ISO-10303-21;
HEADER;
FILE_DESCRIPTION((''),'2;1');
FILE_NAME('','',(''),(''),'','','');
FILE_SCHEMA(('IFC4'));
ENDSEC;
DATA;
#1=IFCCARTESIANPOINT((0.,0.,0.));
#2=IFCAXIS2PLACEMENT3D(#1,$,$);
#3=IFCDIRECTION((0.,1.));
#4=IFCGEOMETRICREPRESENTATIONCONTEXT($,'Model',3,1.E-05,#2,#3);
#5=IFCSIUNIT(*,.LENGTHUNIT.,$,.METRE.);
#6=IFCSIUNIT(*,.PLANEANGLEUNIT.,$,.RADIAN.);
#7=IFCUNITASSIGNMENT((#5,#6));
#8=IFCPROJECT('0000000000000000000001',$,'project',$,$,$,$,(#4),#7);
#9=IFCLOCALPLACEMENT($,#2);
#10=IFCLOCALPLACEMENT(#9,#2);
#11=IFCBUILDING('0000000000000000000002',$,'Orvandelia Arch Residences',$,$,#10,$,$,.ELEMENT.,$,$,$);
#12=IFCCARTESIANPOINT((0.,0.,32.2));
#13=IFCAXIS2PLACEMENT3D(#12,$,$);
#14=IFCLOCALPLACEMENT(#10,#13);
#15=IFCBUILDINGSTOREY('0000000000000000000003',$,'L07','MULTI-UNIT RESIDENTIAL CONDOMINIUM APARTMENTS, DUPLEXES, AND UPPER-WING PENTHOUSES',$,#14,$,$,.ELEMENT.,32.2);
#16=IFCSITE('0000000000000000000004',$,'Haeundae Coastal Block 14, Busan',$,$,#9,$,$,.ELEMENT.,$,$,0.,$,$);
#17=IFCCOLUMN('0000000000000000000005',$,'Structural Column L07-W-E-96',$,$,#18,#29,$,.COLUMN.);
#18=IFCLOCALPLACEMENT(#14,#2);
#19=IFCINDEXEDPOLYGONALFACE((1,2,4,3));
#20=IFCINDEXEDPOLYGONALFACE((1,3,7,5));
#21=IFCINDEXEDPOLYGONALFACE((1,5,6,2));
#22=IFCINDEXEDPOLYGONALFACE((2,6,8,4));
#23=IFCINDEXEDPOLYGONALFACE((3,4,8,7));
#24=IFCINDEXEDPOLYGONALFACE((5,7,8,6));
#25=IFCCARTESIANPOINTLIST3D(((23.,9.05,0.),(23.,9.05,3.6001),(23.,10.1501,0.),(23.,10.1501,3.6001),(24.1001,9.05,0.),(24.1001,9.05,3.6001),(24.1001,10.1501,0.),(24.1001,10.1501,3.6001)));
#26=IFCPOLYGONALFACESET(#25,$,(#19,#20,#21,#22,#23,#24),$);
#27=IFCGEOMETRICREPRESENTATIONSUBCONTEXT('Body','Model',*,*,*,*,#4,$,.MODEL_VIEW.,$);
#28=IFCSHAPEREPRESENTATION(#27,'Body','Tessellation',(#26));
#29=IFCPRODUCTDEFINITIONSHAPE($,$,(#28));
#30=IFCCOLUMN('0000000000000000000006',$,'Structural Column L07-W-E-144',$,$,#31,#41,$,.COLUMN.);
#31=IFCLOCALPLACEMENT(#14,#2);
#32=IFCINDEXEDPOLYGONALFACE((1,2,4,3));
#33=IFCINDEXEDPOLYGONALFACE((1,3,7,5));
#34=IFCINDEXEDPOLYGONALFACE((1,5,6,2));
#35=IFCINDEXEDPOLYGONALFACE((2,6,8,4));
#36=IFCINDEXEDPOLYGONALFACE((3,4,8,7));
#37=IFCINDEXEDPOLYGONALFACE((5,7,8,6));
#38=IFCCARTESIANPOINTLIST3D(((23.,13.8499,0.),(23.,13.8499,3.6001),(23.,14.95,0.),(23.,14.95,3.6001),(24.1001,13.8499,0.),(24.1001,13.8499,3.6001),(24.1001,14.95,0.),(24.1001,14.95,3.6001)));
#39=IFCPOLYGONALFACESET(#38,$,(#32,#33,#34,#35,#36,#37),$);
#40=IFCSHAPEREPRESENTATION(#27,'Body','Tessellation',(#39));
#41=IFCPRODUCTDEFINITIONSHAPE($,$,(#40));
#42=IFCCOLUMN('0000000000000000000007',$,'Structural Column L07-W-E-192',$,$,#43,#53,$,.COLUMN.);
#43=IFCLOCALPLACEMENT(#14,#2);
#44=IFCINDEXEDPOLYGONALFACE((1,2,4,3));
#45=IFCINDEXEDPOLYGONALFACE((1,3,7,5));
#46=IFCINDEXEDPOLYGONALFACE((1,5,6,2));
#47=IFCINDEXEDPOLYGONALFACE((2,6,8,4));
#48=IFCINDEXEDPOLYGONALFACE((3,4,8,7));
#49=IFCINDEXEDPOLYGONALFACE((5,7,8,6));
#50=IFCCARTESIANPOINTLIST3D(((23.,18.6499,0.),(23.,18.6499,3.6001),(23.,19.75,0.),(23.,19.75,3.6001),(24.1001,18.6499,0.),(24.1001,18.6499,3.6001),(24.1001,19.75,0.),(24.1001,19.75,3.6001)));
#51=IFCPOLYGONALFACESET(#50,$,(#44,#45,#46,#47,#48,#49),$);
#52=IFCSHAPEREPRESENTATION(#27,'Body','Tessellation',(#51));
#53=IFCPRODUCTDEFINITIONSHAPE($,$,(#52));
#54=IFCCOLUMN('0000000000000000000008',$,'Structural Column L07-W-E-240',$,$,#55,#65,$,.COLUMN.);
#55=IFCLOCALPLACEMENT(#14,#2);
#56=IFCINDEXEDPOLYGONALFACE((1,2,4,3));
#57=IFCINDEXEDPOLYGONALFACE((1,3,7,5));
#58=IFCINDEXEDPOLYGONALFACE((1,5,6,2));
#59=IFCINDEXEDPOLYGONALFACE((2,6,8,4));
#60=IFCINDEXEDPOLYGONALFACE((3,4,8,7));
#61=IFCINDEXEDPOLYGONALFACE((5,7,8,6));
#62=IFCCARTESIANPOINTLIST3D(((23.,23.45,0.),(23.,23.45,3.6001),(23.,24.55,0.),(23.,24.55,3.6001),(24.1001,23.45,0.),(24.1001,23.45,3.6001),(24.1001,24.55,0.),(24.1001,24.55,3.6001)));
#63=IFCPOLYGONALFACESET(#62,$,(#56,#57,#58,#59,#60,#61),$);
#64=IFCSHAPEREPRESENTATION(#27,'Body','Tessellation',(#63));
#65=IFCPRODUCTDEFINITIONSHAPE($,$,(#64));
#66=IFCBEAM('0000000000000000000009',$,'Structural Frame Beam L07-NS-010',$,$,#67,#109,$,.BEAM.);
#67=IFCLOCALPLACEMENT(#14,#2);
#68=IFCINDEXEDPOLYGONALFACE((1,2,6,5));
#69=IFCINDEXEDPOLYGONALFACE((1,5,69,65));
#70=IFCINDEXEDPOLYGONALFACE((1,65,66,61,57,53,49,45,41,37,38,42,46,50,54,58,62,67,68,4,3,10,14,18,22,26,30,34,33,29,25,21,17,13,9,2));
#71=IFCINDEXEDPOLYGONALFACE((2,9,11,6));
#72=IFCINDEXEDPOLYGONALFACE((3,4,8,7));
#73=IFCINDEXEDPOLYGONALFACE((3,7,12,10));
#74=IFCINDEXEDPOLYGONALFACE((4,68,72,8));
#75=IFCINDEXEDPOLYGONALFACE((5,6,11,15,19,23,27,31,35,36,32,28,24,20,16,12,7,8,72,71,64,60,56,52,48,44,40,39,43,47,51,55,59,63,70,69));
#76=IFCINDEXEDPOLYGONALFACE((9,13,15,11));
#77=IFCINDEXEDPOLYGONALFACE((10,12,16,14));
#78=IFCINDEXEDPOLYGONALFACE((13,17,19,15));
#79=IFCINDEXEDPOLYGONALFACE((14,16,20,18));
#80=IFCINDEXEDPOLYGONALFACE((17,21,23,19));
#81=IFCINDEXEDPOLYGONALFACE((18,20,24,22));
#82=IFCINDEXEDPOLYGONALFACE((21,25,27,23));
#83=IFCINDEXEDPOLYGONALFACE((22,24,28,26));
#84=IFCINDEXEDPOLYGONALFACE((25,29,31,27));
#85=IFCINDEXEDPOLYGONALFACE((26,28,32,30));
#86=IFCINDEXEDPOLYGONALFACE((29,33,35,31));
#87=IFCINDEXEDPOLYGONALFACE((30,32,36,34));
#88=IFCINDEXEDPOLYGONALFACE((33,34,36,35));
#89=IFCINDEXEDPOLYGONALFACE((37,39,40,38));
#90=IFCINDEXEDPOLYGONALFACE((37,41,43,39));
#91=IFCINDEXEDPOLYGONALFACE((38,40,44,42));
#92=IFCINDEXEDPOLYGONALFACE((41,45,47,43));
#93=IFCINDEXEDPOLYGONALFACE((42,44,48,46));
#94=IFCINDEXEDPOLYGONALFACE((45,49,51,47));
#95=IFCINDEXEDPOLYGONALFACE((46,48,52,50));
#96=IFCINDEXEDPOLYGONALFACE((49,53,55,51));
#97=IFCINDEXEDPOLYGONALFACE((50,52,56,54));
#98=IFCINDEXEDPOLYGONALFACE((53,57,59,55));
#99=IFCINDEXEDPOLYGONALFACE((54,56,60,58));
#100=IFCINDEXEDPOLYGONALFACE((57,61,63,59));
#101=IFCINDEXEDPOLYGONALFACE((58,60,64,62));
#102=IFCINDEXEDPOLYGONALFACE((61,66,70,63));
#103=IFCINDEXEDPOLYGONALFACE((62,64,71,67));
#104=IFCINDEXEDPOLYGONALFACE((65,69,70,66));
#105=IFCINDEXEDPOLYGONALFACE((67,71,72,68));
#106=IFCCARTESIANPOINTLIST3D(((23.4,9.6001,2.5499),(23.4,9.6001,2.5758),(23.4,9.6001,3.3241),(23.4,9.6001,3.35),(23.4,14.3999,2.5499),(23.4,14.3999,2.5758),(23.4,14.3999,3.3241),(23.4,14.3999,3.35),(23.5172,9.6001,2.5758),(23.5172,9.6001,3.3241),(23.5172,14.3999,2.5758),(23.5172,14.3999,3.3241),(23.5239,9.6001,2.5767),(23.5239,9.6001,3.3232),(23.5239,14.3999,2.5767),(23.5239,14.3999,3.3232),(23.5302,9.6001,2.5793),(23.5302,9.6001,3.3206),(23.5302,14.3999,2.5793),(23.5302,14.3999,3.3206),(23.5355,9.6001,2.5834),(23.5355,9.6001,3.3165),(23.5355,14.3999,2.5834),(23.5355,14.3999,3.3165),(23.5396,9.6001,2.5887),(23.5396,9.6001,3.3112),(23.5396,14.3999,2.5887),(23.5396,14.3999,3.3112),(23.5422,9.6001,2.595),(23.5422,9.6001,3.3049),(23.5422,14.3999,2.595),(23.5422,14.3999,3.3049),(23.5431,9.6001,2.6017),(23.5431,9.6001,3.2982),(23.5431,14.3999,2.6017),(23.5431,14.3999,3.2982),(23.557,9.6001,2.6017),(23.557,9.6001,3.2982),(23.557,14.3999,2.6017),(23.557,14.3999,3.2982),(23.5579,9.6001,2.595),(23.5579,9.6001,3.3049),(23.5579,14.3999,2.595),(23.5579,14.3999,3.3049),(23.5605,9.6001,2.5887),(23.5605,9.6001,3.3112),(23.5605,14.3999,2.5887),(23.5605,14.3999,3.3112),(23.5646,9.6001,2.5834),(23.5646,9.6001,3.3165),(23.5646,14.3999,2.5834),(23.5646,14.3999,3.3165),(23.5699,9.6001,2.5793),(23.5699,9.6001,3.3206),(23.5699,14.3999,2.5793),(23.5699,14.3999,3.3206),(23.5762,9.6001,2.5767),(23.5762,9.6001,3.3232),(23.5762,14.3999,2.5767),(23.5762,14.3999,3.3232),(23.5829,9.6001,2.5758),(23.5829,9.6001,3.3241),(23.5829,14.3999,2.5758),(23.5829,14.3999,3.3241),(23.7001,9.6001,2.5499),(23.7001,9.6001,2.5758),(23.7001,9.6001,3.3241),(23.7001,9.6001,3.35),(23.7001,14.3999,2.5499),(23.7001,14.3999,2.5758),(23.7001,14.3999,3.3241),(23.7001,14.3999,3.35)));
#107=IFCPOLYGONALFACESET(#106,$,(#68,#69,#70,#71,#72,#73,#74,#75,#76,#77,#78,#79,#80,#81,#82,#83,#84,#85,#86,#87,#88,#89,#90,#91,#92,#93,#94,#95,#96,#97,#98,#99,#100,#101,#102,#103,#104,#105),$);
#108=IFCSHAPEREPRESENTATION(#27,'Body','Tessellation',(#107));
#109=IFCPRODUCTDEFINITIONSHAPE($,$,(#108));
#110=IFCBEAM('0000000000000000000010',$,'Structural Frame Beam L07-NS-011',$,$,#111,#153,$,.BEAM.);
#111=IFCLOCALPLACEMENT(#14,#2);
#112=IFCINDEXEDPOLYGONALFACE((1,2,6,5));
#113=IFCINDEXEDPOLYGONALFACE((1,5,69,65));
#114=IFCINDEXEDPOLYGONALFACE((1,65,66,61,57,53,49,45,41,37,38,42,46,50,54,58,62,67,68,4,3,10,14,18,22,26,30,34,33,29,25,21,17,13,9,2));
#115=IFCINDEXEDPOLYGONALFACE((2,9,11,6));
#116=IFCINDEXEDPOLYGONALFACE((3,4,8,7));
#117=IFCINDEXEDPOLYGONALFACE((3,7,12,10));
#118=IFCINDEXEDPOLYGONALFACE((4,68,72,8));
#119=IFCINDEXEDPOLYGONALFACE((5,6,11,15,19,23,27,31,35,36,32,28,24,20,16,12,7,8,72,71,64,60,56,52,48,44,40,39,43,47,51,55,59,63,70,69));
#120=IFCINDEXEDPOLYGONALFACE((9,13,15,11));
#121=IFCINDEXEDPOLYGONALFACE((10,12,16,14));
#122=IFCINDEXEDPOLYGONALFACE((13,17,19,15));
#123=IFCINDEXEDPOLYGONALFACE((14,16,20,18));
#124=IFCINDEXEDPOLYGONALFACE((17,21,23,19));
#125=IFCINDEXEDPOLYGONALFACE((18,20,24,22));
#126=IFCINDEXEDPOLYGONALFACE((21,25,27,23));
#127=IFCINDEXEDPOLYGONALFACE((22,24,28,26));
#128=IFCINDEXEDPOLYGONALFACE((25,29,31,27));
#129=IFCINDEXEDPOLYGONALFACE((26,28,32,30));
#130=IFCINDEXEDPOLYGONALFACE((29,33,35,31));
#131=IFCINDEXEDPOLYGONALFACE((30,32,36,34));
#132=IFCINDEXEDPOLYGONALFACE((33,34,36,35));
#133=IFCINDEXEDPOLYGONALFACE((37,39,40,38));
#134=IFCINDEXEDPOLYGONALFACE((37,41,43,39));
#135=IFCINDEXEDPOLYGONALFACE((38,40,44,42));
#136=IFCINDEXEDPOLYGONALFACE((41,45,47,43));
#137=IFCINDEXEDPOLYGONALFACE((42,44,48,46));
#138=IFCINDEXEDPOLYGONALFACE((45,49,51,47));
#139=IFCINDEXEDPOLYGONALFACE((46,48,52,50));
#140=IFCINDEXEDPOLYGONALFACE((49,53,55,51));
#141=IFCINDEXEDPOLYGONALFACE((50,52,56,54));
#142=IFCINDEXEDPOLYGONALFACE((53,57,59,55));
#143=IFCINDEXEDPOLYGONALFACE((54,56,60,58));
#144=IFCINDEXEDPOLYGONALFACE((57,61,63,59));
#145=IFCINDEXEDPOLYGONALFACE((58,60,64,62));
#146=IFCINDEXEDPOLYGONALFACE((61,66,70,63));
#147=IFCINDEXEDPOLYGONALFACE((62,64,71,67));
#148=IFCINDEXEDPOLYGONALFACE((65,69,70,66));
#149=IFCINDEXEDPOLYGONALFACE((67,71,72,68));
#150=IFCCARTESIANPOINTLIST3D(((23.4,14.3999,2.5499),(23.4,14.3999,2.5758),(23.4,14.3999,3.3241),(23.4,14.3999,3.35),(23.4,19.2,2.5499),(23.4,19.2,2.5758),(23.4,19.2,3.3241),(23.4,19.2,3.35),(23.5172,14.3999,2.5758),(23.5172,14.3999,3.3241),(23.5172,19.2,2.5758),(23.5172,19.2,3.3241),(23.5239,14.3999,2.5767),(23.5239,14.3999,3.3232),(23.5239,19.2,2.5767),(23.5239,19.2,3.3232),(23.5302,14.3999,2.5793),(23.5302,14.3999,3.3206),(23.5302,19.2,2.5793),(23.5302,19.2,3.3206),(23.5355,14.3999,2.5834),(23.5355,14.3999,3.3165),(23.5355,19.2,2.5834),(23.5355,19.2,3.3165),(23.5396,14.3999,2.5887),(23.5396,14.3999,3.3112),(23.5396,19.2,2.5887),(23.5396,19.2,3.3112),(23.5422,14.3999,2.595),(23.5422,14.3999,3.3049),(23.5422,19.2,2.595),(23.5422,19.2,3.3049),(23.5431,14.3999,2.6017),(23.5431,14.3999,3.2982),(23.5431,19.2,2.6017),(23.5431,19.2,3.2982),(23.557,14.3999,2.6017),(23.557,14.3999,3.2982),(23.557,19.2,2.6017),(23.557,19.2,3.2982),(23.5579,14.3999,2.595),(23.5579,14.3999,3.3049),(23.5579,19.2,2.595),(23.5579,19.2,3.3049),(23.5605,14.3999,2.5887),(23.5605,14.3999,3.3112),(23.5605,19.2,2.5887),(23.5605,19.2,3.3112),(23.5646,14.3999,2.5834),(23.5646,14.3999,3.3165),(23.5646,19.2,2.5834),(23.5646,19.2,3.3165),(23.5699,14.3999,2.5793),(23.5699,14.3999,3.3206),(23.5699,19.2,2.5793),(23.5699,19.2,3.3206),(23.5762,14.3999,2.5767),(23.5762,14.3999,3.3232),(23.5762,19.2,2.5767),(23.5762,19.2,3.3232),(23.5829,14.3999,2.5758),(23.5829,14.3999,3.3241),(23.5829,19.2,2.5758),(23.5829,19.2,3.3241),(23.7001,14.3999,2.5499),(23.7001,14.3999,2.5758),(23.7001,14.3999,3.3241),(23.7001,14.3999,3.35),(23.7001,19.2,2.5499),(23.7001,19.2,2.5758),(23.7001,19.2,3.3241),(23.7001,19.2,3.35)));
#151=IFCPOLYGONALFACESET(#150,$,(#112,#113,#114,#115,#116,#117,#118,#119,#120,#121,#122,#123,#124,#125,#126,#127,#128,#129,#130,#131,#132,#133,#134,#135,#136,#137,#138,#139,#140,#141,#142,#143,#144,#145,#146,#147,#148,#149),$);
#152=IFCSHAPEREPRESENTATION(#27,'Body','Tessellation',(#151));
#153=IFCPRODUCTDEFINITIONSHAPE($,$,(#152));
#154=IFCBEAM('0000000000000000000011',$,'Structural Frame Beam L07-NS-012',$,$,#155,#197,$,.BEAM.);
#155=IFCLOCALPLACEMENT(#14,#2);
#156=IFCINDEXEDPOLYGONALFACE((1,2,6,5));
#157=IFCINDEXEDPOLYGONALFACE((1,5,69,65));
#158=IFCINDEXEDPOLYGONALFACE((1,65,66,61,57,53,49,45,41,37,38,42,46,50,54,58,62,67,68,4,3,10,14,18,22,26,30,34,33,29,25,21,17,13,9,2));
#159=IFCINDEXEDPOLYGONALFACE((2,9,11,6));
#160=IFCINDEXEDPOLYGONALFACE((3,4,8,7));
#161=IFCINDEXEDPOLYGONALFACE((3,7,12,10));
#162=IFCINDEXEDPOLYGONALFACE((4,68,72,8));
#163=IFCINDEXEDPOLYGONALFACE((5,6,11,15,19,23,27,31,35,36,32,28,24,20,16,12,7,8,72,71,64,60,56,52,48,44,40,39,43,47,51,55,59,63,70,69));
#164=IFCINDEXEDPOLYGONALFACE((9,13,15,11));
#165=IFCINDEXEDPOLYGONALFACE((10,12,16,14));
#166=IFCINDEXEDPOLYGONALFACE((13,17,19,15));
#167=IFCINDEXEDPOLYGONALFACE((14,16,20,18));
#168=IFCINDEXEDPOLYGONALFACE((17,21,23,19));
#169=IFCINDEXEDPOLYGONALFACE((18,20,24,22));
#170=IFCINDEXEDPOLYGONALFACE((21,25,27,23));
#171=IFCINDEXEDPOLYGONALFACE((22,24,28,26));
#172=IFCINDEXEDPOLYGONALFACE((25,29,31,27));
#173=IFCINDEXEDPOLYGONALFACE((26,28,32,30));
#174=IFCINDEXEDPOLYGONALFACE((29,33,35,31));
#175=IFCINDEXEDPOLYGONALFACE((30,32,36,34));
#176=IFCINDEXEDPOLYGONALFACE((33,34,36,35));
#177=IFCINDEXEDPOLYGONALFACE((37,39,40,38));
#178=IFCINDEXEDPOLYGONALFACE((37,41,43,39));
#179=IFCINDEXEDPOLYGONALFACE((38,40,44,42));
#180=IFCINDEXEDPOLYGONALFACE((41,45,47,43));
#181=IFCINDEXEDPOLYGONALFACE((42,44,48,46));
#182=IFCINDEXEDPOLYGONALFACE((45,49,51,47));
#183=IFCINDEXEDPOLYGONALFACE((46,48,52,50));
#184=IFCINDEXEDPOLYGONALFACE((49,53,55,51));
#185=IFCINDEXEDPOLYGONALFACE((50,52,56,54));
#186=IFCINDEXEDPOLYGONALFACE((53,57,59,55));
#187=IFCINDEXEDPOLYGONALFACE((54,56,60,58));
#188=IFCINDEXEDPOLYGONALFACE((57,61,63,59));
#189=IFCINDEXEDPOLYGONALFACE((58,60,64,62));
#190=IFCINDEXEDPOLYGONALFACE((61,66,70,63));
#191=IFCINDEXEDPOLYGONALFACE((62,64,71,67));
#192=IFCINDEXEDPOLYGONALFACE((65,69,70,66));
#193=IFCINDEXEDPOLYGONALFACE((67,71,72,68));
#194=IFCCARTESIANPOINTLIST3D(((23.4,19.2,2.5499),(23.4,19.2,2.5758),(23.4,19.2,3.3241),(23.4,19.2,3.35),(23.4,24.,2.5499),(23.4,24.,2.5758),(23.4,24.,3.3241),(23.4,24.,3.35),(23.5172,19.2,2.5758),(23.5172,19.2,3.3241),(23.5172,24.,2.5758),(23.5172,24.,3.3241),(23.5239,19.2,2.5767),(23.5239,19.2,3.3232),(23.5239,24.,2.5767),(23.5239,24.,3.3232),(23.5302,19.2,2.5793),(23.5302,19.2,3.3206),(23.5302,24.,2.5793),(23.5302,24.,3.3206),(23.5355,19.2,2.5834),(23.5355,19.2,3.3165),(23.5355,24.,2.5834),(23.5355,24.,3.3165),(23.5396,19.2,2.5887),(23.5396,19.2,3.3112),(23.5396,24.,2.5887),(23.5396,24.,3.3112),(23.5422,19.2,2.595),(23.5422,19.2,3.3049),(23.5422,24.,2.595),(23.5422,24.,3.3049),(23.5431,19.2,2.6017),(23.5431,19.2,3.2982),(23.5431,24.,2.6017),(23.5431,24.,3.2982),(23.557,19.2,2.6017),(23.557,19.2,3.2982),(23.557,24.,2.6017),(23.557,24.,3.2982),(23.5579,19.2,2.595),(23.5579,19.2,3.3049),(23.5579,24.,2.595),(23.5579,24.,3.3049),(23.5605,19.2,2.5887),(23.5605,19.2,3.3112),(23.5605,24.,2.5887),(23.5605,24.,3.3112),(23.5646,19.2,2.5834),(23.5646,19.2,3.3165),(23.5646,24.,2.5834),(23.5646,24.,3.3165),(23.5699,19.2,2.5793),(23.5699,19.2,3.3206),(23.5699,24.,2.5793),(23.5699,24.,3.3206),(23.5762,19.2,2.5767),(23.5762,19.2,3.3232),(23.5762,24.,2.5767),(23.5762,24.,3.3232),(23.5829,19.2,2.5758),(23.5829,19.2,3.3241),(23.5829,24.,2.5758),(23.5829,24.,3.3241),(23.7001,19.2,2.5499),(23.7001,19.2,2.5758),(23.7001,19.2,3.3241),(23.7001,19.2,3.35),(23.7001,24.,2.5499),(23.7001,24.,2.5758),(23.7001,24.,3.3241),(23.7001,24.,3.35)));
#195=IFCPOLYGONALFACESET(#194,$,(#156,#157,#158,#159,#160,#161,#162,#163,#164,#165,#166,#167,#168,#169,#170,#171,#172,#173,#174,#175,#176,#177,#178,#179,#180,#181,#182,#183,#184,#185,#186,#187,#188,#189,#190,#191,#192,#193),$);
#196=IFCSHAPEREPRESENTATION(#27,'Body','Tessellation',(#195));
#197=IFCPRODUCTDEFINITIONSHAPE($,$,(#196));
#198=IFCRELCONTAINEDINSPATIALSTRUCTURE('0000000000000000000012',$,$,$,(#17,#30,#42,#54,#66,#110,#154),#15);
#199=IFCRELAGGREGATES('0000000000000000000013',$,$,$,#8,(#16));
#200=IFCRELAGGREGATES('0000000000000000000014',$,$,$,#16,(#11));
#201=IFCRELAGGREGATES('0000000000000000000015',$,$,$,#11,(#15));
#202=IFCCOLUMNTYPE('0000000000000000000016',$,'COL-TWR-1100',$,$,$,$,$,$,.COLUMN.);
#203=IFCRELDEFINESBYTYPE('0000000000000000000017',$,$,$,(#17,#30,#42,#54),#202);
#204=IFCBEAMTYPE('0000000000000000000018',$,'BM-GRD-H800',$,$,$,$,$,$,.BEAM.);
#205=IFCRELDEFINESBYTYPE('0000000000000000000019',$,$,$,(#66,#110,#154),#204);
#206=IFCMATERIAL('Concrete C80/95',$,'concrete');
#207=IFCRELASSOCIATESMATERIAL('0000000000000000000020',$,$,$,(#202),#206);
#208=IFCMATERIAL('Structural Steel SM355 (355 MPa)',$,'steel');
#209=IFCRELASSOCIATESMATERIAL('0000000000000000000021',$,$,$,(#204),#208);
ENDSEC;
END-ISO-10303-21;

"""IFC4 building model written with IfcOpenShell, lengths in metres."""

from ifc_helpers import new_model, si_unit, direction, frame, origin, origin_2d, place, context, subcontext, project, spatial, rectangle, i_section, extrude, material, material_profile, profile_set, type_object, element, save


model = new_model("IFC4")

# Units and contexts
model_context = context("Model", 3, precision=1e-05, world=origin(), true_north=direction((0.0, 1.0)))
body_context = subcontext(model_context, "Body", "Model", "MODEL_VIEW")
ifc_project = project(units=[si_unit("LENGTHUNIT", "METRE"), si_unit("PLANEANGLEUNIT", "RADIAN")], contexts=[model_context])

# Site, building, storey
site_placement = place(None, origin())
site = spatial("IfcSite", under=ifc_project, at=site_placement, Name="Haeundae Coastal Block 14, Busan", CompositionType="ELEMENT", RefElevation=0.0)
building_placement = place(site_placement, origin())
building = spatial("IfcBuilding", under=site, at=building_placement, Name="Orvandelia Arch Residences", CompositionType="ELEMENT")
storey_placement = place(building_placement, frame((0.0, 0.0, 32.2)))
storey = spatial("IfcBuildingStorey", under=building, at=storey_placement, Name="L07", Description="MULTI-UNIT RESIDENTIAL CONDOMINIUM APARTMENTS, DUPLEXES, AND UPPER-WING PENTHOUSES", CompositionType="ELEMENT", Elevation=32.2)

# Columns
ifc_material_1 = material(Name="Concrete C80/95", Category="concrete")
ifc_material_profile_1 = material_profile(ifc_material_1, rectangle(XDim=1.1001, YDim=1.1001, at=origin_2d()), Name="Concrete C80/95", Category="concrete")
ifc_profile_set_1 = profile_set([ifc_material_profile_1], Name="Concrete C80/95")
column_type = type_object("IfcColumnType", Name="COL-TWR-1100", PredefinedType="COLUMN", material=ifc_profile_set_1)
for number, where, z_axis, x_axis, name in (
    (1, (23.55, 9.6001, 0.0), (0.0, 0.0, 1.0), (1.0, 0.0, 0.0), "Structural Column L07-W-E-96"),
    (2, (23.55, 14.3999, 0.0), (0.0, 0.0, 1.0), (1.0, 0.0, 0.0), "Structural Column L07-W-E-144"),
    (3, (23.55, 19.2, 0.0), (0.0, 0.0, 1.0), (1.0, 0.0, 0.0), "Structural Column L07-W-E-192"),
    (4, (23.55, 24.0, 0.0), (0.0, 0.0, 1.0), (1.0, 0.0, 0.0), "Structural Column L07-W-E-240"),
):
    element("IfcColumn", number, at=place(storey_placement, frame(where, z_axis=z_axis, x_axis=x_axis)), inside=storey, type_object=column_type, Name=name, PredefinedType="COLUMN", context=body_context, shape_type="SweptSolid", body=[
        extrude(rectangle(XDim=1.1001, YDim=1.1001, at=origin_2d()), origin(), (0.0, 0.0, 1.0), 3.6001),
    ])

# Beams
ifc_material_2 = material(Name="Structural Steel SM355 (355 MPa)", Category="steel")
ifc_material_profile_2 = material_profile(ifc_material_2, i_section(OverallWidth=0.3, OverallDepth=0.8, WebThickness=0.0139, FlangeThickness=0.0259, FilletRadius=0.0259, at=origin_2d()), Name="Structural Steel SM355 (355 MPa)", Category="steel")
ifc_profile_set_2 = profile_set([ifc_material_profile_2], Name="Structural Steel SM355 (355 MPa)")
beam_type = type_object("IfcBeamType", Name="BM-GRD-H800", PredefinedType="BEAM", material=ifc_profile_set_2)
beam_1_placement = place(storey_placement, frame((23.55, 9.6001, 2.95), z_axis=(0.0, 1.0, 0.0), x_axis=(-1.0, 0.0, 0.0)))
element("IfcBeam", 5, at=beam_1_placement, inside=storey, type_object=beam_type, Name="Structural Frame Beam L07-NS-010", PredefinedType="BEAM", context=body_context, shape_type="SweptSolid", body=[
    extrude(i_section(OverallWidth=0.3, OverallDepth=0.8, WebThickness=0.0139, FlangeThickness=0.0259, FilletRadius=0.0259, at=origin_2d()), origin(), (0.0, 0.0, 1.0), 4.7998),
])
for number, where, z_axis, x_axis, name in (
    (6, (23.55, 14.3999, 2.95), (0.0, 1.0, 0.0), (-1.0, 0.0, 0.0), "Structural Frame Beam L07-NS-011"),
    (7, (23.55, 19.2, 2.95), (0.0, 1.0, 0.0), (-1.0, 0.0, 0.0), "Structural Frame Beam L07-NS-012"),
):
    element("IfcBeam", number, at=place(storey_placement, frame(where, z_axis=z_axis, x_axis=x_axis)), inside=storey, type_object=beam_type, Name=name, PredefinedType="BEAM", context=body_context, shape_type="SweptSolid", body=[
        extrude(i_section(OverallWidth=0.3, OverallDepth=0.8, WebThickness=0.0139, FlangeThickness=0.0259, FilletRadius=0.0259, at=origin_2d()), origin(), (0.0, 0.0, 1.0), 4.8),
    ])

save(model, "model.ifc")
